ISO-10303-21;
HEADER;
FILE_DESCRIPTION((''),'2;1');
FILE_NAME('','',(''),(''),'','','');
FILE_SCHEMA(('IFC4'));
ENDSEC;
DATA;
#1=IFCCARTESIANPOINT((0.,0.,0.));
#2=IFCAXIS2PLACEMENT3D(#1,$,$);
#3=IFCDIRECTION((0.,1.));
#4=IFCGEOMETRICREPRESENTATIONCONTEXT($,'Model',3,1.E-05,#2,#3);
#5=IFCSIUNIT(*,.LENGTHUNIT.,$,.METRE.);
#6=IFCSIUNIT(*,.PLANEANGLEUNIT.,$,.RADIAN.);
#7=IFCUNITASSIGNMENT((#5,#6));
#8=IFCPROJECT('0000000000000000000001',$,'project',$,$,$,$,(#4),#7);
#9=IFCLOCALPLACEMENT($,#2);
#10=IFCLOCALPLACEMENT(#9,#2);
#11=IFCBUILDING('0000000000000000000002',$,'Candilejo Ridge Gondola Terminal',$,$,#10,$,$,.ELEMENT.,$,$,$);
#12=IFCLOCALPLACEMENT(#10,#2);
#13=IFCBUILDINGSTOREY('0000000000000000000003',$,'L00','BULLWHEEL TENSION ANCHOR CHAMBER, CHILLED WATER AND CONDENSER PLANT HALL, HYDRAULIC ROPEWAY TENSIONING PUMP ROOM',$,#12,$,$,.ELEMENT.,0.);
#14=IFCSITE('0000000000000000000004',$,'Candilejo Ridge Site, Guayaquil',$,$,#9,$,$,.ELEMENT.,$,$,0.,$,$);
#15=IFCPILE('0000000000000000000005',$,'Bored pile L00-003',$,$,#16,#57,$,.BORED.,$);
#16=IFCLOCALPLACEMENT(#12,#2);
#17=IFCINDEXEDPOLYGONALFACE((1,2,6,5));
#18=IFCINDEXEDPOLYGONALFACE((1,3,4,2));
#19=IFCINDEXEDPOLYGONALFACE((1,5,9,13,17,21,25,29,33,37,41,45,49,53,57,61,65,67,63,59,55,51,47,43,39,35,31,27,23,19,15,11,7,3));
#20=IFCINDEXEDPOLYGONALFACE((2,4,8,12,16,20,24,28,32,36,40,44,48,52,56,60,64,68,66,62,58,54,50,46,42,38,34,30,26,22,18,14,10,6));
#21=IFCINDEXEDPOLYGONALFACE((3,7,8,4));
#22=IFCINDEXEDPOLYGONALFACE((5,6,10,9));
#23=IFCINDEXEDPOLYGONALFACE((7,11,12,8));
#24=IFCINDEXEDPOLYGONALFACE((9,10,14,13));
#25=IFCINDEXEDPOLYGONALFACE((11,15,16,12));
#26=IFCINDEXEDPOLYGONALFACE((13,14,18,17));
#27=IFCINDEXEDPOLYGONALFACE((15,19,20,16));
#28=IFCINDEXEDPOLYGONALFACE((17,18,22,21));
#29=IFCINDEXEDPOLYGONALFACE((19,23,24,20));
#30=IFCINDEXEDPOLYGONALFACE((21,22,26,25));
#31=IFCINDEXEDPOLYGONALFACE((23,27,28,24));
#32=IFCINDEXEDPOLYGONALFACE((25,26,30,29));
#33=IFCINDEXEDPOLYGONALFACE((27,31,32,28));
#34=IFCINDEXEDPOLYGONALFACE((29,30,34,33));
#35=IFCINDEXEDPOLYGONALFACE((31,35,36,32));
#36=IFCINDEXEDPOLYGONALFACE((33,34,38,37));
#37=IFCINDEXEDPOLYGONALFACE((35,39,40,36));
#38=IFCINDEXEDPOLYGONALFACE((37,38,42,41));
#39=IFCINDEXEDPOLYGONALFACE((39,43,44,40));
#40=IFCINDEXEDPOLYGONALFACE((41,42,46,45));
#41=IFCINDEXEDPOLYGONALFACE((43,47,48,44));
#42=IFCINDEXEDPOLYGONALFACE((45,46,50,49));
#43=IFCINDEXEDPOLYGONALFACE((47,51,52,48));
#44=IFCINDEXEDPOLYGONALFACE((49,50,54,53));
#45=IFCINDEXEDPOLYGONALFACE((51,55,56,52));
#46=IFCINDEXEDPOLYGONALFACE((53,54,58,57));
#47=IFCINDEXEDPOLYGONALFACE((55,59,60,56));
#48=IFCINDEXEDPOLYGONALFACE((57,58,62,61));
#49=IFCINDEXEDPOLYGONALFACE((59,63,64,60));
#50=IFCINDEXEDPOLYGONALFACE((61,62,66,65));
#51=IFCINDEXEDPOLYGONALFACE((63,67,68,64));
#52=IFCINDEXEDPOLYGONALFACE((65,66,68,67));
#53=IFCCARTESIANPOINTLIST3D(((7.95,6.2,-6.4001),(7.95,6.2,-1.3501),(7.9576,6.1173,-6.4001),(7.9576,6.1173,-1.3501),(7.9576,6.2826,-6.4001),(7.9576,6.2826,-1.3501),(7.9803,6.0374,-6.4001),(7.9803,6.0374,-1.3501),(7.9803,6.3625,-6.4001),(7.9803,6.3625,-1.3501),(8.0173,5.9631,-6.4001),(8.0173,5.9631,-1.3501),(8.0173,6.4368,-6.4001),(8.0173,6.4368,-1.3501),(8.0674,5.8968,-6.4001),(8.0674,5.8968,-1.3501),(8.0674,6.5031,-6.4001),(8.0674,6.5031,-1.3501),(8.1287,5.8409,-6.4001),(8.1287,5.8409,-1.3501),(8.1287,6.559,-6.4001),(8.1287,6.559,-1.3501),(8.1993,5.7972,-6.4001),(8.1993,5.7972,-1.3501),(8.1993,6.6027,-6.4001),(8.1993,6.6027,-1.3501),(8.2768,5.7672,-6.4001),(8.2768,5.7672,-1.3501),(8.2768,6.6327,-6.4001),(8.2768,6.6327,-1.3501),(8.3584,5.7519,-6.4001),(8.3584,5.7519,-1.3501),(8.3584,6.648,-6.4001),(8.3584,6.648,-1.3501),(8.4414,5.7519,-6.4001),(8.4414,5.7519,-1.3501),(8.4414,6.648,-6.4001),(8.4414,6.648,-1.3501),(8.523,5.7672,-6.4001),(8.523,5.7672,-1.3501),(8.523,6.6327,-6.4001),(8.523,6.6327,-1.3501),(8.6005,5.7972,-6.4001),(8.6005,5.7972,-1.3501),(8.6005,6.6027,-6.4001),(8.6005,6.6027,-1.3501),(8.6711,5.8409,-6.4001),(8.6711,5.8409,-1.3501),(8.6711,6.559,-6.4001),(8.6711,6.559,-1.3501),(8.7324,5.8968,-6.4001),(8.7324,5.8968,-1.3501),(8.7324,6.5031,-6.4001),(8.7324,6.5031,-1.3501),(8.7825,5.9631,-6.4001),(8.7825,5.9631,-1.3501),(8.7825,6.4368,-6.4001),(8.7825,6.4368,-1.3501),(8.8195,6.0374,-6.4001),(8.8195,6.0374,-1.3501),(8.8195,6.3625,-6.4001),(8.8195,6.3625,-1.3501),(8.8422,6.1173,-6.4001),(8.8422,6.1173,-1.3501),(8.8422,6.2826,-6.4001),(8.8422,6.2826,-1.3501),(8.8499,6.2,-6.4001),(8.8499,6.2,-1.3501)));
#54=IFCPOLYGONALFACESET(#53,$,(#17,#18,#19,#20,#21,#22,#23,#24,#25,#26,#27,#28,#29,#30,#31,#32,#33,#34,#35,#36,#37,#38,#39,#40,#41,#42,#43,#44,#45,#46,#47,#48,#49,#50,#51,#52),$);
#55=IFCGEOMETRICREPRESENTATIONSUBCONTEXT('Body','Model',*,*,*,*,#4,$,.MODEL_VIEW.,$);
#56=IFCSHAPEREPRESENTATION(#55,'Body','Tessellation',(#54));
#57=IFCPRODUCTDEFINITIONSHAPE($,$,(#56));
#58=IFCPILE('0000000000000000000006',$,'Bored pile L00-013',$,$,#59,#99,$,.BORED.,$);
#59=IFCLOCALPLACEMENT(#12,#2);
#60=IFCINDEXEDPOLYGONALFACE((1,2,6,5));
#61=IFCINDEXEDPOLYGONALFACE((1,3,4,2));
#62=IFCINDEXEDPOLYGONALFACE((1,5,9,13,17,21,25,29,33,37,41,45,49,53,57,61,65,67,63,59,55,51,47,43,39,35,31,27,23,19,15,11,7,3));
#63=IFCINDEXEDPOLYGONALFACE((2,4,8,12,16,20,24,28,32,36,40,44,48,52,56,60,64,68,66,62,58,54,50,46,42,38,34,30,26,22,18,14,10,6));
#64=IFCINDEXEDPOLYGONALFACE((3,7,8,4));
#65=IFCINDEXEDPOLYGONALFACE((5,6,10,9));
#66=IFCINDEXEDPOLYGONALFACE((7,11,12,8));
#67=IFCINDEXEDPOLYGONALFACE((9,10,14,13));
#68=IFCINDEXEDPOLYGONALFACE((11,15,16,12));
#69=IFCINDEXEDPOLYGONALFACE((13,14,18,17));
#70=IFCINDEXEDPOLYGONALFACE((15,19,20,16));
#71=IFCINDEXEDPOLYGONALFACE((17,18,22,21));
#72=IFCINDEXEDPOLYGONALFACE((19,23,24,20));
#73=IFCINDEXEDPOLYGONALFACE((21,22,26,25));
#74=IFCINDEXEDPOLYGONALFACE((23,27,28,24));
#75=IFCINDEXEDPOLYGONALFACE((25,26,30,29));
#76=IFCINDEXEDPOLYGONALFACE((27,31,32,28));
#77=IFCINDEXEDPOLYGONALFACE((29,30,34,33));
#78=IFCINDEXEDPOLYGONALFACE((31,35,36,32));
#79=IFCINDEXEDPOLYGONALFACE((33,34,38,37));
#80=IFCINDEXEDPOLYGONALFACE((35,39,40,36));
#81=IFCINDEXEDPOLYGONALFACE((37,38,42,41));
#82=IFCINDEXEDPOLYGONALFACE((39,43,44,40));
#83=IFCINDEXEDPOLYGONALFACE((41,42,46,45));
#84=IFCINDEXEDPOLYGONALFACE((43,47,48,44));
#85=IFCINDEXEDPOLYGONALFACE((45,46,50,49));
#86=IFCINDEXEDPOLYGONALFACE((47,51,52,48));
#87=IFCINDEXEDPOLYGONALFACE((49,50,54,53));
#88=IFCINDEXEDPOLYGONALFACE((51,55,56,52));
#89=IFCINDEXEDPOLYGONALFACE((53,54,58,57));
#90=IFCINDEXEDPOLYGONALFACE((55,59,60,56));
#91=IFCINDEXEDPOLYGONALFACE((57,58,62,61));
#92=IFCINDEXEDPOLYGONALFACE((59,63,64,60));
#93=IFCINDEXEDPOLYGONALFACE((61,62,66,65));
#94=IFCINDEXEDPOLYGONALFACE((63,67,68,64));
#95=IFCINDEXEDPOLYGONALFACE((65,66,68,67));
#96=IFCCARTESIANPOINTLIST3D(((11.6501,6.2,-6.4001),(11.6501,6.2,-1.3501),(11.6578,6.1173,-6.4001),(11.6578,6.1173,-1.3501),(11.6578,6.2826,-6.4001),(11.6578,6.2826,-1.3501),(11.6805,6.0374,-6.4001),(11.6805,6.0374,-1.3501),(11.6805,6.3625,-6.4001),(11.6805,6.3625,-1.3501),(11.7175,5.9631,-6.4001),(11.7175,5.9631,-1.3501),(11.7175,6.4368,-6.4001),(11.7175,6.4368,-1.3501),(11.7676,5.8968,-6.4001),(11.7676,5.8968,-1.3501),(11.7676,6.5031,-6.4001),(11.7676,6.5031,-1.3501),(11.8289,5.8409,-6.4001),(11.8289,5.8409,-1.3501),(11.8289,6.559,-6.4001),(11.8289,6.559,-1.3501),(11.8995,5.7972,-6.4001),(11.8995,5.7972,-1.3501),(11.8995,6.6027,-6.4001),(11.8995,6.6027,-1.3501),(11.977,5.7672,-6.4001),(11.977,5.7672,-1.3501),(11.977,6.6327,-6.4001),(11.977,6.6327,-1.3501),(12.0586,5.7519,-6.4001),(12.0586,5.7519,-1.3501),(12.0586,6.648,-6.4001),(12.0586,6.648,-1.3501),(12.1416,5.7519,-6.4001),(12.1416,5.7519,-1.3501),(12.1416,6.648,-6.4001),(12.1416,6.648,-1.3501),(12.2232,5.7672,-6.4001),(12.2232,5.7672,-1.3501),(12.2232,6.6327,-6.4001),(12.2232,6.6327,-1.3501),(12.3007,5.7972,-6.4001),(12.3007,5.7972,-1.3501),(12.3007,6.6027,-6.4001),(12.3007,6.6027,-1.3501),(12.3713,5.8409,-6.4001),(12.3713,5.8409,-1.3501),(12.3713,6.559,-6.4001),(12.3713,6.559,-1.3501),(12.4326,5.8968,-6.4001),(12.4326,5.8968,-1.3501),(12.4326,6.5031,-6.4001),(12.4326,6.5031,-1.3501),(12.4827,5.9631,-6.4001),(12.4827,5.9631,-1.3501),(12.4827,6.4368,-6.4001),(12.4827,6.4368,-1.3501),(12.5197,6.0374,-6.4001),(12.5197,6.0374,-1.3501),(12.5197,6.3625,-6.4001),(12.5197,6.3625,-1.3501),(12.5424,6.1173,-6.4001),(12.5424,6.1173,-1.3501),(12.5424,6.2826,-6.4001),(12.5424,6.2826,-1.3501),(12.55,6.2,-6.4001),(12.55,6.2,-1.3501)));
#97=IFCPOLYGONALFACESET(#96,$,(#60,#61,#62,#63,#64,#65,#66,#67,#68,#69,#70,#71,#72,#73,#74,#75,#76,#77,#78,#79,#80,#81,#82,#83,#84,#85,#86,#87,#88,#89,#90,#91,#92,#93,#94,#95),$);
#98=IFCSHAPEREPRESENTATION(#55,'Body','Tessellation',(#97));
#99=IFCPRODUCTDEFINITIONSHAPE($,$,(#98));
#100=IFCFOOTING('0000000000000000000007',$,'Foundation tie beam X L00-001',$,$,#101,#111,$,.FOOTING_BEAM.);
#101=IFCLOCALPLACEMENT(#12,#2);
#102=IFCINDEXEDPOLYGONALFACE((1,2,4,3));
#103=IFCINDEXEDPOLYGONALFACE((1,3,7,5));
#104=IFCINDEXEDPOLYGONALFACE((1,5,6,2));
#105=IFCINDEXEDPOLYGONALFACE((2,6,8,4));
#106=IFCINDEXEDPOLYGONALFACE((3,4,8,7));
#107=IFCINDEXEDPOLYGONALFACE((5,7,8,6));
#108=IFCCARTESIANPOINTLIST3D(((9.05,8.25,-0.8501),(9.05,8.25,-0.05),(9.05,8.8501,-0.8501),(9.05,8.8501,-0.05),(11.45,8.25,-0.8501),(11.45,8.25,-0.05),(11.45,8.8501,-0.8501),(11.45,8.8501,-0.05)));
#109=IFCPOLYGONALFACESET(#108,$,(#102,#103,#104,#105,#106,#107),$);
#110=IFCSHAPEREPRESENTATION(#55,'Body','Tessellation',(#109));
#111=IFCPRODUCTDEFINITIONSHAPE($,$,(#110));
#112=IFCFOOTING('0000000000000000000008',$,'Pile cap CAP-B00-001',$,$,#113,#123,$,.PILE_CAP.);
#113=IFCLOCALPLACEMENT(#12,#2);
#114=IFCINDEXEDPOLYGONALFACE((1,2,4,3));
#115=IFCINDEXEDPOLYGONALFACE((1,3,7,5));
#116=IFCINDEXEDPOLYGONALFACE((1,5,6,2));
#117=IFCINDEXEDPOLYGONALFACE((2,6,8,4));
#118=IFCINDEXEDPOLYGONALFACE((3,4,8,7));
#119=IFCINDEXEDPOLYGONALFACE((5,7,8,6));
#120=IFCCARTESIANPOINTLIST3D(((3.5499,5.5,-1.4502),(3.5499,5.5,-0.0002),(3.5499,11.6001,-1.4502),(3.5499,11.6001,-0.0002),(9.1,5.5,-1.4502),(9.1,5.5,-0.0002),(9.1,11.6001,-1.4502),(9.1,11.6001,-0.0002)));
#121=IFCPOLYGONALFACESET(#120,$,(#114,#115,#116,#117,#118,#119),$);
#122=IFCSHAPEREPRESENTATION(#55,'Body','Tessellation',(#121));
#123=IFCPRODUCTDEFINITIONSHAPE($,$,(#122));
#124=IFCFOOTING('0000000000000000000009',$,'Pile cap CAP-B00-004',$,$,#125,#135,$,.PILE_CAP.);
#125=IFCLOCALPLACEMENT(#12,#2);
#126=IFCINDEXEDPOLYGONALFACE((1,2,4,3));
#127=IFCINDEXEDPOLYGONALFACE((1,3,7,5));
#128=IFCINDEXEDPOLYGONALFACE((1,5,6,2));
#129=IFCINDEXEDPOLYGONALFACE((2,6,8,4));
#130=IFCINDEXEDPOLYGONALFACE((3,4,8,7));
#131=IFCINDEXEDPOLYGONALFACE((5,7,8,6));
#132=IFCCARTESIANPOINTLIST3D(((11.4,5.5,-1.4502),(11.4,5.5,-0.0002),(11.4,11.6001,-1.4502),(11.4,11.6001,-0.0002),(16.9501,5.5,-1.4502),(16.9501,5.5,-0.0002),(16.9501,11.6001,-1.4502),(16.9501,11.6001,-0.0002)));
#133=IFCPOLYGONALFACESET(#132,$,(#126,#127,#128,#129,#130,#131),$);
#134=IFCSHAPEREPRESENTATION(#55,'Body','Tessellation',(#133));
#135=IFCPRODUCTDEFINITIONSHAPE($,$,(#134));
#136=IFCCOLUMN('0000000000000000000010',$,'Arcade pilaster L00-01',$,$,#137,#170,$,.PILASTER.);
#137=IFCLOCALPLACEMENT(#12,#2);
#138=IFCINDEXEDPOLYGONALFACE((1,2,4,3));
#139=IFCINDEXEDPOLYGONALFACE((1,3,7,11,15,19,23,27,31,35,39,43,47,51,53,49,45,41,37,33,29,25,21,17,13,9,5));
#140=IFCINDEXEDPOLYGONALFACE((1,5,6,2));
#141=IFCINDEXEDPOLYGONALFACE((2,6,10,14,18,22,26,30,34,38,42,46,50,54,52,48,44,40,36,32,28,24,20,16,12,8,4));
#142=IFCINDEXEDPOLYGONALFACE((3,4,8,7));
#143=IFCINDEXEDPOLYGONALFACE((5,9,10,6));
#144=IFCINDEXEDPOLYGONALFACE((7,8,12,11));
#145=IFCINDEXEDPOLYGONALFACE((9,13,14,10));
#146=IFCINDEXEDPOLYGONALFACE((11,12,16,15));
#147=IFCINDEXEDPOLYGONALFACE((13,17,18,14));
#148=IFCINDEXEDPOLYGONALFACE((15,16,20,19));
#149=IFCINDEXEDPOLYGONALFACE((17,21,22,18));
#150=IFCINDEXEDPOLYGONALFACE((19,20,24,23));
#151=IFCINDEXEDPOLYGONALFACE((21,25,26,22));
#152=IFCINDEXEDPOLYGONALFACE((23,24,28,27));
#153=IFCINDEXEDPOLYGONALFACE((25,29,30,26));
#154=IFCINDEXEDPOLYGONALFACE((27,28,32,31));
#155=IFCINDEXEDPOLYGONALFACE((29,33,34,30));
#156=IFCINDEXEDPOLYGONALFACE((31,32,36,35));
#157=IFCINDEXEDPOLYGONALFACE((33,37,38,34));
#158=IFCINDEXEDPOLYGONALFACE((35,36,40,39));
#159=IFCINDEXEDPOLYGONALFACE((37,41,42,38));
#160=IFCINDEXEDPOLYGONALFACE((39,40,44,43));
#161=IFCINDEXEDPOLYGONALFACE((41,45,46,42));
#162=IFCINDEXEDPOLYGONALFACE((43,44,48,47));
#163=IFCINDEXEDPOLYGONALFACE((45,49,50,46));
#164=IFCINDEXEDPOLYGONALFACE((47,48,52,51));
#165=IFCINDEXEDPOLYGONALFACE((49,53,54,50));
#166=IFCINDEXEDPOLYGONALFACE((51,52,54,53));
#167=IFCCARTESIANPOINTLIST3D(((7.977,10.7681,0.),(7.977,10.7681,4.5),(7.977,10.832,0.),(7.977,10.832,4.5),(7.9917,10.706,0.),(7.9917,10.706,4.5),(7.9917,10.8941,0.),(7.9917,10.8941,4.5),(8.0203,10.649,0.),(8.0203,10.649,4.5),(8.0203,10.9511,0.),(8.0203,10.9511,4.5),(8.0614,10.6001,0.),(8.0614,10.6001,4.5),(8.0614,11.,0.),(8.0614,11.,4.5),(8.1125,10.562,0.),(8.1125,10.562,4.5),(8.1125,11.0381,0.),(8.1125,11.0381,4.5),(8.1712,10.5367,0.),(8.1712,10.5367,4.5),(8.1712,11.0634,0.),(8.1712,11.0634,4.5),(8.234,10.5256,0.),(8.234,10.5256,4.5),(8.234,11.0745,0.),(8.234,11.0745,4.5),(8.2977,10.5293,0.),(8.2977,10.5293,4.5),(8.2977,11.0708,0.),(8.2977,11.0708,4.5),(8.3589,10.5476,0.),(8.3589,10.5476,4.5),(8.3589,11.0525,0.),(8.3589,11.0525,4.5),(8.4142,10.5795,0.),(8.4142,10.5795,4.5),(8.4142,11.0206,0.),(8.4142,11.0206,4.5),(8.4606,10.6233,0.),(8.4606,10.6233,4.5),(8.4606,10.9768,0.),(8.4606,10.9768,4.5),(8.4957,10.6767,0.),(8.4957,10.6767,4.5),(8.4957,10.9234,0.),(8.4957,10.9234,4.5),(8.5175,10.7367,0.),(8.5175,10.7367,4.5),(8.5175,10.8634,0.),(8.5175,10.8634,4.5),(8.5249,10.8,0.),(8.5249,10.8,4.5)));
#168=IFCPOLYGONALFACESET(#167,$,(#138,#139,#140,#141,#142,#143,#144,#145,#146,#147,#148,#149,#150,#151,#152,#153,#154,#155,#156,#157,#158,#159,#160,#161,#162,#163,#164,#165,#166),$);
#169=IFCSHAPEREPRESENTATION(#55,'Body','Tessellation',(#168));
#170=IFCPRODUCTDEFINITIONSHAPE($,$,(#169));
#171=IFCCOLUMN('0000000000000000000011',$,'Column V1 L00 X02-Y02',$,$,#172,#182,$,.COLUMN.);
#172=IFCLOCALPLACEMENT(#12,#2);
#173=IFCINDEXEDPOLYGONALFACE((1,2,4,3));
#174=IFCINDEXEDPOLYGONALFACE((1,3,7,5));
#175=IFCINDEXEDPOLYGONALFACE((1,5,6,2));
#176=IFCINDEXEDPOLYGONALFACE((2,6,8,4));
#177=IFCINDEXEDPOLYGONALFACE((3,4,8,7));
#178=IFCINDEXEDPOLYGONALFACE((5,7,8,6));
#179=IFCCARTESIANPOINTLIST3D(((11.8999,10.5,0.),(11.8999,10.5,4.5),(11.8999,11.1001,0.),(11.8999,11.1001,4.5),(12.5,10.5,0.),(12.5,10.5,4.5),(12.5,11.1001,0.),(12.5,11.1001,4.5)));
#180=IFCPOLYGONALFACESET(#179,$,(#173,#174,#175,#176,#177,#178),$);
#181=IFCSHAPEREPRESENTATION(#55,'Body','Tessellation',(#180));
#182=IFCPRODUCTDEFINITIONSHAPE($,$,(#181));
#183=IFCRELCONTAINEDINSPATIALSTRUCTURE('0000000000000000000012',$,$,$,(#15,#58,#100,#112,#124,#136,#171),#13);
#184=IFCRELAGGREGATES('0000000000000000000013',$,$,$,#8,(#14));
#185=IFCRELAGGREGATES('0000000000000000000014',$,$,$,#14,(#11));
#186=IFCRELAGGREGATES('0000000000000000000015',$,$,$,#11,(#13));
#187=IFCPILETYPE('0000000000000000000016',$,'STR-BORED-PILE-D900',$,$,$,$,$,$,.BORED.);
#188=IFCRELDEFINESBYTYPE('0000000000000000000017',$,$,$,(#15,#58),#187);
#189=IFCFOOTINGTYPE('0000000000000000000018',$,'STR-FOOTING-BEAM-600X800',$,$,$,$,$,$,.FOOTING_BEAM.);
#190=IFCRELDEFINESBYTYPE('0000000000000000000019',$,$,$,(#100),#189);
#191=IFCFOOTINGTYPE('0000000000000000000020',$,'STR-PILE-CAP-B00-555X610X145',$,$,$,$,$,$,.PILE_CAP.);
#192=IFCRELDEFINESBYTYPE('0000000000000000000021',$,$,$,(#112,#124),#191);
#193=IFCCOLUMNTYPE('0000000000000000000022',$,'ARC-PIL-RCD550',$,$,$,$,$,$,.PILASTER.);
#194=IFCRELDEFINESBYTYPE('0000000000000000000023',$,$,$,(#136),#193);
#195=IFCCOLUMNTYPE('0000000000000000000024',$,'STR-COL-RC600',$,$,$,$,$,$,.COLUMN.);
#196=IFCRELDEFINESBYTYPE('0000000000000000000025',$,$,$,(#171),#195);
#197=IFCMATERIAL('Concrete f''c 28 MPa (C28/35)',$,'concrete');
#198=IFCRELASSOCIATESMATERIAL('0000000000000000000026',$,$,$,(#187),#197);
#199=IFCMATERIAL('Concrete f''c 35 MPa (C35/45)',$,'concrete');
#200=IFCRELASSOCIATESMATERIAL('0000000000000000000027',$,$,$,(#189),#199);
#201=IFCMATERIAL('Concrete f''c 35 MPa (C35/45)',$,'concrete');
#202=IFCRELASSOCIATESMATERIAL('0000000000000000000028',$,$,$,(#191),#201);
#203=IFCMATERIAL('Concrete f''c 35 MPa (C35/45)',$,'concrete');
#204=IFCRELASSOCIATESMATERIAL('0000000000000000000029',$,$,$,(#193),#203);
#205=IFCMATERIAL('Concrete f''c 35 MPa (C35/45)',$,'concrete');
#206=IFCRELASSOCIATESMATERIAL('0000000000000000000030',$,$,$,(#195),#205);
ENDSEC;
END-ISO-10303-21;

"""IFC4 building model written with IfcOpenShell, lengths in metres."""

from ifc_helpers import new_model, si_unit, direction, frame, origin, origin_2d, place, context, subcontext, project, spatial, rectangle, circle, extrude, material, material_profile, profile_set, type_object, element, save


model = new_model("IFC4")

# Units and contexts
model_context = context("Model", 3, precision=1e-05, world=origin(), true_north=direction((0.0, 1.0)))
body_context = subcontext(model_context, "Body", "Model", "MODEL_VIEW")
ifc_project = project(units=[si_unit("LENGTHUNIT", "METRE"), si_unit("PLANEANGLEUNIT", "RADIAN")], contexts=[model_context])

# Site, building, storey
site_placement = place(None, origin())
site = spatial("IfcSite", under=ifc_project, at=site_placement, Name="Candilejo Ridge Site, Guayaquil", CompositionType="ELEMENT", RefElevation=0.0)
building_placement = place(site_placement, origin())
building = spatial("IfcBuilding", under=site, at=building_placement, Name="Candilejo Ridge Gondola Terminal", CompositionType="ELEMENT")
storey_placement = place(building_placement, origin())
storey = spatial("IfcBuildingStorey", under=building, at=storey_placement, Name="L00", Description="BULLWHEEL TENSION ANCHOR CHAMBER, CHILLED WATER AND CONDENSER PLANT HALL, HYDRAULIC ROPEWAY TENSIONING PUMP ROOM", CompositionType="ELEMENT", Elevation=0.0)

# Piles
ifc_material_1 = material(Name="Concrete f'c 28 MPa (C28/35)", Category="concrete")
ifc_material_profile_1 = material_profile(ifc_material_1, circle(Radius=0.45, at=origin_2d()))
ifc_profile_set_1 = profile_set([ifc_material_profile_1], Name="Concrete f'c 28 MPa (C28/35)")
pile_type = type_object("IfcPileType", Name="STR-BORED-PILE-D900", PredefinedType="BORED", material=ifc_profile_set_1)
for number, where, z_axis, x_axis, name in (
    (1, (8.3999, 6.2, -1.3501), (0.0, 0.0, -1.0), (1.0, 0.0, 0.0), "Bored pile L00-003"),
    (2, (12.1001, 6.2, -1.3501), (0.0, 0.0, -1.0), (1.0, 0.0, 0.0), "Bored pile L00-013"),
):
    element("IfcPile", number, at=place(storey_placement, frame(where, z_axis=z_axis, x_axis=x_axis)), inside=storey, type_object=pile_type, Name=name, PredefinedType="BORED", context=body_context, shape_type="SweptSolid", body=[
        extrude(circle(Radius=0.45, at=origin_2d()), origin(), (0.0, 0.0, 1.0), 5.05),
    ])

# Footings
ifc_material_2 = material(Name="Concrete f'c 35 MPa (C35/45)", Category="concrete")
footing_type_1 = type_object("IfcFootingType", Name="STR-FOOTING-BEAM-600X800", PredefinedType="FOOTING_BEAM", material=ifc_material_2)
footing_placement = place(storey_placement, frame((10.25, 8.55, -0.8501), z_axis=(0.0, 0.0, 1.0), x_axis=(1.0, 0.0, 0.0)))
element("IfcFooting", 3, at=footing_placement, inside=storey, type_object=footing_type_1, Name="Foundation tie beam X L00-001", PredefinedType="FOOTING_BEAM", context=body_context, shape_type="SweptSolid", body=[
    extrude(rectangle(XDim=2.3999, YDim=0.6001, at=origin_2d()), origin(), (0.0, 0.0, 1.0), 0.8),
])
ifc_material_3 = material(Name="Concrete f'c 35 MPa (C35/45)", Category="concrete")
footing_type_2 = type_object("IfcFootingType", Name="STR-PILE-CAP-B00-555X610X145", PredefinedType="PILE_CAP", material=ifc_material_3)
for number, where, z_axis, x_axis, name in (
    (4, (6.325, 8.55, -1.4502), (0.0, 0.0, 1.0), (1.0, 0.0, 0.0), "Pile cap CAP-B00-001"),
    (5, (14.175, 8.55, -1.4502), (0.0, 0.0, 1.0), (1.0, 0.0, 0.0), "Pile cap CAP-B00-004"),
):
    element("IfcFooting", number, at=place(storey_placement, frame(where, z_axis=z_axis, x_axis=x_axis)), inside=storey, type_object=footing_type_2, Name=name, PredefinedType="PILE_CAP", context=body_context, shape_type="SweptSolid", body=[
        extrude(rectangle(XDim=5.55, YDim=6.1001, at=origin_2d()), origin(), (0.0, 0.0, 1.0), 1.45),
    ])

# Columns
ifc_material_4 = material(Name="Concrete f'c 35 MPa (C35/45)", Category="concrete")
ifc_material_profile_2 = material_profile(ifc_material_4, circle(Radius=0.2749, at=origin_2d()))
ifc_profile_set_2 = profile_set([ifc_material_profile_2], Name="Concrete f'c 35 MPa (C35/45)")
column_type_1 = type_object("IfcColumnType", Name="ARC-PIL-RCD550", PredefinedType="PILASTER", material=ifc_profile_set_2)
column_1_placement = place(storey_placement, frame((8.25, 10.8, 0.0), z_axis=(0.0, 0.0, 1.0), x_axis=(1.0, 0.0, 0.0)))
element("IfcColumn", 6, at=column_1_placement, inside=storey, type_object=column_type_1, Name="Arcade pilaster L00-01", PredefinedType="PILASTER", context=body_context, shape_type="SweptSolid", body=[
    extrude(circle(Radius=0.2749, at=origin_2d()), origin(), (0.0, 0.0, 1.0), 4.5),
])
ifc_material_5 = material(Name="Concrete f'c 35 MPa (C35/45)", Category="concrete")
ifc_material_profile_3 = material_profile(ifc_material_5, rectangle(XDim=0.6001, YDim=0.6001, at=origin_2d()))
ifc_profile_set_3 = profile_set([ifc_material_profile_3], Name="Concrete f'c 35 MPa (C35/45)")
column_type_2 = type_object("IfcColumnType", Name="STR-COL-RC600", PredefinedType="COLUMN", material=ifc_profile_set_3)
column_2_placement = place(storey_placement, frame((12.2, 10.8, 0.0), z_axis=(0.0, 0.0, 1.0), x_axis=(1.0, 0.0, 0.0)))
element("IfcColumn", 7, at=column_2_placement, inside=storey, type_object=column_type_2, Name="Column V1 L00 X02-Y02", PredefinedType="COLUMN", context=body_context, shape_type="SweptSolid", body=[
    extrude(rectangle(XDim=0.6001, YDim=0.6001, at=origin_2d()), origin(), (0.0, 0.0, 1.0), 4.5),
])

save(model, "model.ifc")
